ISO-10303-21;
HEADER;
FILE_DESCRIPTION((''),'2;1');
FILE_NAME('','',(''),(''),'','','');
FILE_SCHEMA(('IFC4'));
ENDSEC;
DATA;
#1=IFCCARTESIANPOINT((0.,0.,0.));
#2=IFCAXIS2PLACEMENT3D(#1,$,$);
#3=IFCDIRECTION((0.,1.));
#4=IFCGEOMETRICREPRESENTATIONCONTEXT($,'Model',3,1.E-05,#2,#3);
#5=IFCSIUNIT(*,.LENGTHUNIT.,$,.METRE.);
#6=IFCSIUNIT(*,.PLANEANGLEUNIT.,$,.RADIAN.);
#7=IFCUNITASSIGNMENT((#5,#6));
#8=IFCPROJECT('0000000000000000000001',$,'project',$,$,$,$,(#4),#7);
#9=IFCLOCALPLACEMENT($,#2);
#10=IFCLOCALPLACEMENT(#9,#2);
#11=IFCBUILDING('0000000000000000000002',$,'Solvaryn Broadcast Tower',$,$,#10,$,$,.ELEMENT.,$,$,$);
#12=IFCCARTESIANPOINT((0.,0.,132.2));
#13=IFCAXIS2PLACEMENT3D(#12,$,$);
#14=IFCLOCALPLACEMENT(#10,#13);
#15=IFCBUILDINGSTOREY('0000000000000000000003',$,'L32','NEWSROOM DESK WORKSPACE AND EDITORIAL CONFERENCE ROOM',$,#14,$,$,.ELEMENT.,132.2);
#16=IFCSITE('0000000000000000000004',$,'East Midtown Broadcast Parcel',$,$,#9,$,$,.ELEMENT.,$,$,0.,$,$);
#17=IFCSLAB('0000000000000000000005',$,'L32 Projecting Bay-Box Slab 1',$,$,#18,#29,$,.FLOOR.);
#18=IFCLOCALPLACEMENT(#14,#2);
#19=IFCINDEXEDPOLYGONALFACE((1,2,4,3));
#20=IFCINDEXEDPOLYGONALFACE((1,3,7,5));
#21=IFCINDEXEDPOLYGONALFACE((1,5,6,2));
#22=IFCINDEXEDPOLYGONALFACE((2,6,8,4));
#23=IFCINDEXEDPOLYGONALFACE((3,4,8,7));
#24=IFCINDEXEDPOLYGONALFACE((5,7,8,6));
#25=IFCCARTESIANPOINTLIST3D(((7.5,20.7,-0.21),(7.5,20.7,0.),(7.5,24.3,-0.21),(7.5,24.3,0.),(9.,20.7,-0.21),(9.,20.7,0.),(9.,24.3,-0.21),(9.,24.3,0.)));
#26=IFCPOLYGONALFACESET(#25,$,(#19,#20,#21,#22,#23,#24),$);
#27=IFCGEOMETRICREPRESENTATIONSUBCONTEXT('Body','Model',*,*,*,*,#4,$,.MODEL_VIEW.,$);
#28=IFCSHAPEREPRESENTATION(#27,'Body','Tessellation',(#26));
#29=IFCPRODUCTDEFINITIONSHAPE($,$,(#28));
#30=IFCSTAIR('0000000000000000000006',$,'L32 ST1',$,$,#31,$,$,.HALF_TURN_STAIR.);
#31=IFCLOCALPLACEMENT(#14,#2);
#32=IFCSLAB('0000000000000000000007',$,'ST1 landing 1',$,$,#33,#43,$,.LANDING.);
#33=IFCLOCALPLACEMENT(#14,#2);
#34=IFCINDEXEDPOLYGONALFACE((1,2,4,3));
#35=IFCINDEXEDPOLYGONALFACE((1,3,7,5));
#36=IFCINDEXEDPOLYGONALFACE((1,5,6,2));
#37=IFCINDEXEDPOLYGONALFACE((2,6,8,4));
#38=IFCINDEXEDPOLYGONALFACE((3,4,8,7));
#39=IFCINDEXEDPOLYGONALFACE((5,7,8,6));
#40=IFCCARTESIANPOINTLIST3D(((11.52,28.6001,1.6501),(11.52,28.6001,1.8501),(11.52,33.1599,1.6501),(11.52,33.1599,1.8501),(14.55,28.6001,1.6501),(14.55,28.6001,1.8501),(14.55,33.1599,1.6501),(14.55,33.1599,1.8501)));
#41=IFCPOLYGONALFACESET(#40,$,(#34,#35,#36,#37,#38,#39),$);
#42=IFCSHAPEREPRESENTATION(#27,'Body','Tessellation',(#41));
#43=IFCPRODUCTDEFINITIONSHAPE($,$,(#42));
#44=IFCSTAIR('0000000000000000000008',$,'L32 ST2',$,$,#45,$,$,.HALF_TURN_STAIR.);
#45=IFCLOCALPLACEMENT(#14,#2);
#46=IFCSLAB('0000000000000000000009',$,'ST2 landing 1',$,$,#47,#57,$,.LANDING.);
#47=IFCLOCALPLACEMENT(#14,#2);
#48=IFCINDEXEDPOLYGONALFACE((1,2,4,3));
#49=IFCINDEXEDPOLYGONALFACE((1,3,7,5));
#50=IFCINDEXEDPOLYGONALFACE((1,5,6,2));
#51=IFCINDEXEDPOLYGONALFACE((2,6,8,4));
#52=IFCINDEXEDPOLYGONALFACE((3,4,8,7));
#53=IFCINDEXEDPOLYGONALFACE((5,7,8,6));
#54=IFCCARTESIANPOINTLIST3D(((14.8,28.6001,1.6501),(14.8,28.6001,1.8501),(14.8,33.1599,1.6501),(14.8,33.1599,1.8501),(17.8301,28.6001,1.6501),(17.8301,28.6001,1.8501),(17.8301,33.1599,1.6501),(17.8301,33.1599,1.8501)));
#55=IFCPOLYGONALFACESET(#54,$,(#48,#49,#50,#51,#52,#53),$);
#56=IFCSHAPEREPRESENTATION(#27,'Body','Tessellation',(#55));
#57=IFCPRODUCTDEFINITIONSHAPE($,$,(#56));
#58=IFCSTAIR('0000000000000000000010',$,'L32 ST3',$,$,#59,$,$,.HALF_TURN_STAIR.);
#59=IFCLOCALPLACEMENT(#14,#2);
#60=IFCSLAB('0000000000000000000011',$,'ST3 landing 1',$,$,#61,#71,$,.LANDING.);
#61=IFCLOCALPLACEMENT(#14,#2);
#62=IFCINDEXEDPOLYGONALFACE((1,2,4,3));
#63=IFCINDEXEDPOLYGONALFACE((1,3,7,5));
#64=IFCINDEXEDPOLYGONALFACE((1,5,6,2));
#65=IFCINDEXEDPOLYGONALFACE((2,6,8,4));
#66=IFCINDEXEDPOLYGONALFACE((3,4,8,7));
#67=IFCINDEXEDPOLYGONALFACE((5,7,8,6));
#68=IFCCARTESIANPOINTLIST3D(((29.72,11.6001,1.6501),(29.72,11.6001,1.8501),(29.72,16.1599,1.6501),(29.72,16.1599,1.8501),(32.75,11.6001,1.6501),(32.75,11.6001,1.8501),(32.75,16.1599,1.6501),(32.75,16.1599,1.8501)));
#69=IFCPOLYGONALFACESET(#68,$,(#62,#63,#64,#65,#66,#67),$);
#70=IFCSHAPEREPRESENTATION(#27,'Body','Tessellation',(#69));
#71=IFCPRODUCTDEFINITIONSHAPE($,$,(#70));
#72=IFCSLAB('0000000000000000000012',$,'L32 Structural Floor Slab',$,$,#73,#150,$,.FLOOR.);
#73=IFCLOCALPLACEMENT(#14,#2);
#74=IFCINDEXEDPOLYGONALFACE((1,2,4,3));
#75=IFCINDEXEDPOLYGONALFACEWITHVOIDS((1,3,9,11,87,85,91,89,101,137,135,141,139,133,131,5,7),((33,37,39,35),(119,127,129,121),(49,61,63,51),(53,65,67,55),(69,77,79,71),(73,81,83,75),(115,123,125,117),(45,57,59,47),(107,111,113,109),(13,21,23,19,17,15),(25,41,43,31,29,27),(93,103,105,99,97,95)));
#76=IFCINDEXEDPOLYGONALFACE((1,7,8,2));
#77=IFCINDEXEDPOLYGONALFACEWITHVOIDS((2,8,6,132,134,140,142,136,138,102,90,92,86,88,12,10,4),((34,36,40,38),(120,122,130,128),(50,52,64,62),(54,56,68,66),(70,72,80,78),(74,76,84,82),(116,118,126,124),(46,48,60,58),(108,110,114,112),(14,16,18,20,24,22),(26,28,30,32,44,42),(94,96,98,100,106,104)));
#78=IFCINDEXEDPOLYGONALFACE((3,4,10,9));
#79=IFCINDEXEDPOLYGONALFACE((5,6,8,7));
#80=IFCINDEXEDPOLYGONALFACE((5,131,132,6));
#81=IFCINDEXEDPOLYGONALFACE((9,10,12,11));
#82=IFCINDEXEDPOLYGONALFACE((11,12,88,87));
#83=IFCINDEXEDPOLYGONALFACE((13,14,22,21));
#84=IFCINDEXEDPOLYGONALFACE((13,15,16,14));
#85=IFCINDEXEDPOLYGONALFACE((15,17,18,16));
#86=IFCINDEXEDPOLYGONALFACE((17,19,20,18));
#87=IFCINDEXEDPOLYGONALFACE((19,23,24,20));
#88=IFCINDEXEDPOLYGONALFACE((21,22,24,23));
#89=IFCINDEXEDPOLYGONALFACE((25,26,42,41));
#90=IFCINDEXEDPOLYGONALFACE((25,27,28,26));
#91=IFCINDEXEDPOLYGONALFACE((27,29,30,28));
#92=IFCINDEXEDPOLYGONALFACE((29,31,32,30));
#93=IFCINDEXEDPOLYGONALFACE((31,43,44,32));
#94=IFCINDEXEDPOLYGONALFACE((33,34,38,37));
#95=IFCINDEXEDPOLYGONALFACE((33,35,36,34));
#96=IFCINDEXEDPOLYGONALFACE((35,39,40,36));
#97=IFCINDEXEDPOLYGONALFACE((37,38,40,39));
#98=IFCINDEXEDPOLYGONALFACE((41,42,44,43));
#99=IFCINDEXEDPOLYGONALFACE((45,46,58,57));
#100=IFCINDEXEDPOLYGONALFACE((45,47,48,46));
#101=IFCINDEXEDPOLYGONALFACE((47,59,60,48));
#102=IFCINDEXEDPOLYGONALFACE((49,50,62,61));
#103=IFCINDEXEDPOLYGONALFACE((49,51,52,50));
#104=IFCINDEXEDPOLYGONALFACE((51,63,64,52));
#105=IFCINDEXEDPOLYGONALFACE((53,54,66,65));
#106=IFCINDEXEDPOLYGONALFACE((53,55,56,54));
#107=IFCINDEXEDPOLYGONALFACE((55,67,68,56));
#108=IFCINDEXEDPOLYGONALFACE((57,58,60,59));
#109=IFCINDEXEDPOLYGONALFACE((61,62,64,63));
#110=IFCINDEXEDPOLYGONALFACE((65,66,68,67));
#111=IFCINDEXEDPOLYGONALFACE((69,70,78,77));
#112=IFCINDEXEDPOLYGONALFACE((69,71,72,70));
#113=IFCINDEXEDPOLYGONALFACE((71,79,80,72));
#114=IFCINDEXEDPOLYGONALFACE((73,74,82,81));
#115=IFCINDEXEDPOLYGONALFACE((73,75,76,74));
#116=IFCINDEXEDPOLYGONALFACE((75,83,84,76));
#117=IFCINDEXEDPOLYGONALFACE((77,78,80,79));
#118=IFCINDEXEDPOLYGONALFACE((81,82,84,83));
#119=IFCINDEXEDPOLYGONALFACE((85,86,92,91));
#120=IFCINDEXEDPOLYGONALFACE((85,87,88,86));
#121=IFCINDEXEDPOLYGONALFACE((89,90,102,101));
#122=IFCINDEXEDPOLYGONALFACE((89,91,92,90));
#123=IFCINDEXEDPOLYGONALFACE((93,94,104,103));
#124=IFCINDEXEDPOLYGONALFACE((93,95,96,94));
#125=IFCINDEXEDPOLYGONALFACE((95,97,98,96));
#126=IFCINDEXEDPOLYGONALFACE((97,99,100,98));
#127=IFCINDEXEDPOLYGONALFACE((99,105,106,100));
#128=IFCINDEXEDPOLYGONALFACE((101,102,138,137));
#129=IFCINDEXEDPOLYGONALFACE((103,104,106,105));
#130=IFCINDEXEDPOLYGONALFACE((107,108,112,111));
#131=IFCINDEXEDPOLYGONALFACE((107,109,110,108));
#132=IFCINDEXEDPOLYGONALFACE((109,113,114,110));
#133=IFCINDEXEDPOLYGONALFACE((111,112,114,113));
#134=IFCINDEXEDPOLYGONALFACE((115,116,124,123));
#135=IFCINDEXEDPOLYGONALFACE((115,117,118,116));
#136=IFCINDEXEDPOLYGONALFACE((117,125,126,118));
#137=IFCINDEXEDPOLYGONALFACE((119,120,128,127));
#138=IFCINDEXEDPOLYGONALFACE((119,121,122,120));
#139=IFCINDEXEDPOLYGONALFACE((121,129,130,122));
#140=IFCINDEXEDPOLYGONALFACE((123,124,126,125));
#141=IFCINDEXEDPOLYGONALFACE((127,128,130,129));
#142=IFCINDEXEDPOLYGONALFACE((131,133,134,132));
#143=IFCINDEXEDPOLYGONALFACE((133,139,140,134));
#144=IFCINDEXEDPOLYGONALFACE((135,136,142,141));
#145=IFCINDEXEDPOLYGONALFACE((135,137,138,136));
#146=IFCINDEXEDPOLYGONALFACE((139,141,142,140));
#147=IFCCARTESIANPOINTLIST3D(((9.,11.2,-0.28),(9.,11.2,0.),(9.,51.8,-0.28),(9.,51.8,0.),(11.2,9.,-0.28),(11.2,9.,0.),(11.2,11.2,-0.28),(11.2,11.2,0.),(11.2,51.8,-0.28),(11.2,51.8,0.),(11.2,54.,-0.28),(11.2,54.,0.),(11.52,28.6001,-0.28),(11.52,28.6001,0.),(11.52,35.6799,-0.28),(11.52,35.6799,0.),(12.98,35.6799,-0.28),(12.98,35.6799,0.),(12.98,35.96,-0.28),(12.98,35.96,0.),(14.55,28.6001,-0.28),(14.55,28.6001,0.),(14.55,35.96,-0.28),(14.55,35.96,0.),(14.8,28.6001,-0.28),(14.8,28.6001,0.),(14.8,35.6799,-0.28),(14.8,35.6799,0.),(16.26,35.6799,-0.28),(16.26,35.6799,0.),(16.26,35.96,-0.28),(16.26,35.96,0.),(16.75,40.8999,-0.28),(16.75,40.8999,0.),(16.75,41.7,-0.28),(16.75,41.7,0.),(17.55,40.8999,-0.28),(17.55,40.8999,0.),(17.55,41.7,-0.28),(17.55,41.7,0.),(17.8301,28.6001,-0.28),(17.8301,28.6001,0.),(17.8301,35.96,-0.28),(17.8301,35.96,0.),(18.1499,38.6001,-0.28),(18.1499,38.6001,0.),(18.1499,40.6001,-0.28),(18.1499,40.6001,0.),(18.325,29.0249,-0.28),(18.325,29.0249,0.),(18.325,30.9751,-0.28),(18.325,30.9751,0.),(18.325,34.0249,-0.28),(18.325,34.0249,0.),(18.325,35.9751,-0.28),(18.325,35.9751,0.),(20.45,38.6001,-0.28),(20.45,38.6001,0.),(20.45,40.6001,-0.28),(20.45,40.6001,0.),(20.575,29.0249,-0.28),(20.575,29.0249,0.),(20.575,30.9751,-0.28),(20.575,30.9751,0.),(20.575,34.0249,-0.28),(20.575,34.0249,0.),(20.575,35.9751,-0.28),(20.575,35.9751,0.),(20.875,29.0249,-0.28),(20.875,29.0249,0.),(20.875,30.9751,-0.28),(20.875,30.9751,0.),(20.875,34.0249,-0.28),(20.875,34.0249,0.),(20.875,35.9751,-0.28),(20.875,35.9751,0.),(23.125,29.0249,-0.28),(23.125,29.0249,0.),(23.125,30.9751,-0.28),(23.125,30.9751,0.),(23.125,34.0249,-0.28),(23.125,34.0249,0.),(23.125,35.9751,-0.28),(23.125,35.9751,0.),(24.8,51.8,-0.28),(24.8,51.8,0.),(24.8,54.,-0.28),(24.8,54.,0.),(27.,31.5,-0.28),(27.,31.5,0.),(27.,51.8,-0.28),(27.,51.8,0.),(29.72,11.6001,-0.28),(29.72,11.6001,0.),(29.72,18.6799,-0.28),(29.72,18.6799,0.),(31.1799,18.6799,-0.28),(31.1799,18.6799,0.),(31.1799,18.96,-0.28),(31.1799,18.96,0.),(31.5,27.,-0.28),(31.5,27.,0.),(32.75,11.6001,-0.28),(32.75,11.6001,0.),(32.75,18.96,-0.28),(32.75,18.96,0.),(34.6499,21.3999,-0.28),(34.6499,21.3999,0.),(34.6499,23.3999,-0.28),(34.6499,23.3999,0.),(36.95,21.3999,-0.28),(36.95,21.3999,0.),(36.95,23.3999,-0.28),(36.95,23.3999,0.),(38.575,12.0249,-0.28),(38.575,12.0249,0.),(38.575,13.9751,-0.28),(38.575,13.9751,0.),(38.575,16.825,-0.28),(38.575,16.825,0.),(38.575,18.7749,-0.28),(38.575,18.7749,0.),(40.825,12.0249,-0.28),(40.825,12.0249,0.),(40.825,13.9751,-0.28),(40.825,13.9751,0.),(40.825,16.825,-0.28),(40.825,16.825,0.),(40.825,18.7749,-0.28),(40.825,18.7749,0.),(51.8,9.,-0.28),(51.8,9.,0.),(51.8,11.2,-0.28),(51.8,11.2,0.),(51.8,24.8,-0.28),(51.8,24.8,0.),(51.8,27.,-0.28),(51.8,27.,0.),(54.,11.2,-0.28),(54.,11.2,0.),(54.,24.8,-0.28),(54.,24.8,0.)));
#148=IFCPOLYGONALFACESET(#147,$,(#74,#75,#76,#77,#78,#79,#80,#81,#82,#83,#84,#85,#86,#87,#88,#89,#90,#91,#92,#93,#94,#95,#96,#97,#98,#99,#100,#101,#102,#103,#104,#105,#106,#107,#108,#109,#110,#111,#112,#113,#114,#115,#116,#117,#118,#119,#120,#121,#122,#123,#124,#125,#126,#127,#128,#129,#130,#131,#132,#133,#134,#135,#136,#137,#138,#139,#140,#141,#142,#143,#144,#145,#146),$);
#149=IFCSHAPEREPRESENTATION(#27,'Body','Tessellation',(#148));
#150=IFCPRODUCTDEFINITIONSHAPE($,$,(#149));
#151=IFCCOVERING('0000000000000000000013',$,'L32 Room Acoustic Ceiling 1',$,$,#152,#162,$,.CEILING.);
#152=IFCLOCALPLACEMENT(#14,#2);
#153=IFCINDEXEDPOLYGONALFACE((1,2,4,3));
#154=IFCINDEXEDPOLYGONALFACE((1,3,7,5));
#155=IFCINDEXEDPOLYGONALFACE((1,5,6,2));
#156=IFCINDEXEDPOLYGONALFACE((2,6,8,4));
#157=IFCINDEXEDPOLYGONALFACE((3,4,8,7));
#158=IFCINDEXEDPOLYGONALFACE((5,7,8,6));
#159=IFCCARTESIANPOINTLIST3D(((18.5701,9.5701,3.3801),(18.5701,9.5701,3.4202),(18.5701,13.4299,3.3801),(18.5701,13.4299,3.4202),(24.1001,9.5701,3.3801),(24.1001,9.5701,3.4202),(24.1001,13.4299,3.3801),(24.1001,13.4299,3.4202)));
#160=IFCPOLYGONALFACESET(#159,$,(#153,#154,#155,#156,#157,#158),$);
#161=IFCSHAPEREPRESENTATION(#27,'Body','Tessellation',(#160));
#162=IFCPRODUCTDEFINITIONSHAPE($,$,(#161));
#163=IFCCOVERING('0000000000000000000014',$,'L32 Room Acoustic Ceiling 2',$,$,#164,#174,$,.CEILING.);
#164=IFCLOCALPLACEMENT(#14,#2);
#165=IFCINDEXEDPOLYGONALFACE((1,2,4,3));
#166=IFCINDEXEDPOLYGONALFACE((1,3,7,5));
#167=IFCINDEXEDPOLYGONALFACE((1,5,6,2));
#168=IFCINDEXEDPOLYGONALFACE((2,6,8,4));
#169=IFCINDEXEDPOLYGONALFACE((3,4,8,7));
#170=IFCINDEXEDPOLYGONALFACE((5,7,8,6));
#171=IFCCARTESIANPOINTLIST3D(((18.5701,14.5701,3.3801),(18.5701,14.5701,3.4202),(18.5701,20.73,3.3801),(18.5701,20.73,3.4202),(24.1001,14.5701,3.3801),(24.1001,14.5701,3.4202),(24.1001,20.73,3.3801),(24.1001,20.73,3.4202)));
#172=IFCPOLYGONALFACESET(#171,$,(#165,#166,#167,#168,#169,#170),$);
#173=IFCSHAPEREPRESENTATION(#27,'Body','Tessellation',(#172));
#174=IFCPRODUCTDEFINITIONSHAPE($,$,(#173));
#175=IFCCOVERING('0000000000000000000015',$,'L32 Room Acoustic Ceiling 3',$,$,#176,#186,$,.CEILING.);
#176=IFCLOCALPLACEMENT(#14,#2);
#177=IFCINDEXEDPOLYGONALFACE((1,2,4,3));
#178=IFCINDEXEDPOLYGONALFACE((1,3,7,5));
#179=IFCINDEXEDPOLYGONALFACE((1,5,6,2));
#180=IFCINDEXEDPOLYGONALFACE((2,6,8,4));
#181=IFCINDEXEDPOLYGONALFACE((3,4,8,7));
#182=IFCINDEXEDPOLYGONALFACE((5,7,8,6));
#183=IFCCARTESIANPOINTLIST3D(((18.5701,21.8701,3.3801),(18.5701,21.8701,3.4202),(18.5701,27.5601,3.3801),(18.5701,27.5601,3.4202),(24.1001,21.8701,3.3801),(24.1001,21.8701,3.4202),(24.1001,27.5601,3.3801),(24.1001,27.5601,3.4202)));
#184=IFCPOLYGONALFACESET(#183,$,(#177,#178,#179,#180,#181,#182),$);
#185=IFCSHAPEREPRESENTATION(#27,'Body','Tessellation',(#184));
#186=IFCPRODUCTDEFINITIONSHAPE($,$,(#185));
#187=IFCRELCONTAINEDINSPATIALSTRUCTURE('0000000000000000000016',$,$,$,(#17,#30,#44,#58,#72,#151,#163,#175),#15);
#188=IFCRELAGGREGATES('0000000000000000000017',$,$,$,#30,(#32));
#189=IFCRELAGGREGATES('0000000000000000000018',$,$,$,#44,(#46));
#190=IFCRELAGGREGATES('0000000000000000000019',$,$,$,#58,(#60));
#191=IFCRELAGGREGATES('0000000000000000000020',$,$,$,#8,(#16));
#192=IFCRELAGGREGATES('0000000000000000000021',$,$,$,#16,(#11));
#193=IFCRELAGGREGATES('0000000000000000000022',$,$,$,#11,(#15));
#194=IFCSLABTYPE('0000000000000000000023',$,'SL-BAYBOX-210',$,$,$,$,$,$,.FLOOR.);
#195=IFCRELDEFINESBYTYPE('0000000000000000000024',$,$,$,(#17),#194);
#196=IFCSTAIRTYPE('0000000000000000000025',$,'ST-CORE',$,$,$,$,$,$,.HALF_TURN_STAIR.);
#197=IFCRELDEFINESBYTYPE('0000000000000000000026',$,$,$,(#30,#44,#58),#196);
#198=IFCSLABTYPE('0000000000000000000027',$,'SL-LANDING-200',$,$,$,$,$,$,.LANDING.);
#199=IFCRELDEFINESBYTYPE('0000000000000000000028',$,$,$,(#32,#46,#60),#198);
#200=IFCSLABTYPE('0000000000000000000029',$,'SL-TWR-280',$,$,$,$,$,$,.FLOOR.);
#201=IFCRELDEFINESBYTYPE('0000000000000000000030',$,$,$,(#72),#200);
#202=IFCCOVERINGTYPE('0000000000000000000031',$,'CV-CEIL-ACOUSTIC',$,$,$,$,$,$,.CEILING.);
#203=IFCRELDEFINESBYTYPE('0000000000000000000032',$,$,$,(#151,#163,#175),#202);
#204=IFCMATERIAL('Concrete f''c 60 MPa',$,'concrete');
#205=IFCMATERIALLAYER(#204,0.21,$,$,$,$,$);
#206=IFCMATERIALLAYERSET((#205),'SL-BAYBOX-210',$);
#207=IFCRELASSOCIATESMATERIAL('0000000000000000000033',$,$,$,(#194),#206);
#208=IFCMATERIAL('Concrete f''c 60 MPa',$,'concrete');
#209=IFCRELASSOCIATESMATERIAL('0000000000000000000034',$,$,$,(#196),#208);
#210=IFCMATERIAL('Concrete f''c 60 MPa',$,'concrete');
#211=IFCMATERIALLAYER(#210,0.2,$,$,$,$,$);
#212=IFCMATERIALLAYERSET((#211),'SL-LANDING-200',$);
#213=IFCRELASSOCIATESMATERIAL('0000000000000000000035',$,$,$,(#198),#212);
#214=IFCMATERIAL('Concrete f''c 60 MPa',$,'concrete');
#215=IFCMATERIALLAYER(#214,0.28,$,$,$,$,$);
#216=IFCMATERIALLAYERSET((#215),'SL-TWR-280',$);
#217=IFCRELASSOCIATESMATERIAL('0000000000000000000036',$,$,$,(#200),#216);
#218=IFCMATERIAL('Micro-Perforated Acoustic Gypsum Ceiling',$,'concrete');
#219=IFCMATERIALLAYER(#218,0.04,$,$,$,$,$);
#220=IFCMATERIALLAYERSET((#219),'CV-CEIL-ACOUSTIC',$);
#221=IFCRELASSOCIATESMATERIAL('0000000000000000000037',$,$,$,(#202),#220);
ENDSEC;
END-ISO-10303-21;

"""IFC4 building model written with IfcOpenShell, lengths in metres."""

from ifc_helpers import new_model, si_unit, direction, frame, origin, place, context, subcontext, project, spatial, polyline, outline, extrude, material, layer, layer_set, type_object, element, aggregate, save


model = new_model("IFC4")

# Units and contexts
model_context = context("Model", 3, precision=1e-05, world=origin(), true_north=direction((0.0, 1.0)))
body_context = subcontext(model_context, "Body", "Model", "MODEL_VIEW")
ifc_project = project(units=[si_unit("LENGTHUNIT", "METRE"), si_unit("PLANEANGLEUNIT", "RADIAN")], contexts=[model_context])

# Site, building, storey
site_placement = place(None, origin())
site = spatial("IfcSite", under=ifc_project, at=site_placement, Name="East Midtown Broadcast Parcel", CompositionType="ELEMENT", RefElevation=0.0)
building_placement = place(site_placement, origin())
building = spatial("IfcBuilding", under=site, at=building_placement, Name="Solvaryn Broadcast Tower", CompositionType="ELEMENT")
storey_placement = place(building_placement, frame((0.0, 0.0, 132.2)))
storey = spatial("IfcBuildingStorey", under=building, at=storey_placement, Name="L32", Description="NEWSROOM DESK WORKSPACE AND EDITORIAL CONFERENCE ROOM", CompositionType="ELEMENT", Elevation=132.2)

# Slab
ifc_material_1 = material(Name="Concrete f'c 60 MPa", Category="concrete")
ifc_layer_1 = layer(ifc_material_1, 0.21)
ifc_layer_set_1 = layer_set([ifc_layer_1], Name="SL-BAYBOX-210")
slab_type_1 = type_object("IfcSlabType", Name="SL-BAYBOX-210", PredefinedType="FLOOR", material=ifc_layer_set_1)
slab_1_placement = place(storey_placement, frame((0.0, 0.0, -0.21)))
element("IfcSlab", 1, at=slab_1_placement, inside=storey, type_object=slab_type_1, Name="L32 Projecting Bay-Box Slab 1", PredefinedType="FLOOR", context=body_context, shape_type="SweptSolid", body=[
    extrude(outline(polyline([(7.5, 20.7), (9.0, 20.7), (9.0, 24.3), (7.5, 24.3), (7.5, 20.7)])), origin(), (0.0, 0.0, 1.0), 0.21),
])

# Stairs, slabs
ifc_material_2 = material(Name="Concrete f'c 60 MPa", Category="concrete")
stair_type = type_object("IfcStairType", Name="ST-CORE", PredefinedType="HALF_TURN_STAIR", material=ifc_material_2)
stair_1_placement = place(storey_placement, origin())
stair_1 = element("IfcStair", 2, at=stair_1_placement, inside=storey, type_object=stair_type, Name="L32 ST1", PredefinedType="HALF_TURN_STAIR")
ifc_material_3 = material(Name="Concrete f'c 60 MPa", Category="concrete")
ifc_layer_2 = layer(ifc_material_3, 0.2)
ifc_layer_set_2 = layer_set([ifc_layer_2], Name="SL-LANDING-200")
slab_type_2 = type_object("IfcSlabType", Name="SL-LANDING-200", PredefinedType="LANDING", material=ifc_layer_set_2)
slab_2_placement = place(storey_placement, frame((0.0, 0.0, 1.6501)))
slab_2 = element("IfcSlab", 3, at=slab_2_placement, type_object=slab_type_2, Name="ST1 landing 1", PredefinedType="LANDING", context=body_context, shape_type="SweptSolid", body=[
    extrude(outline(polyline([(11.52, 33.1599), (11.52, 28.6001), (14.55, 28.6001), (14.55, 33.1599), (11.52, 33.1599)])), origin(), (0.0, 0.0, 1.0), 0.2),
])
aggregate(stair_1, [slab_2])
stair_2_placement = place(storey_placement, origin())
stair_2 = element("IfcStair", 4, at=stair_2_placement, inside=storey, type_object=stair_type, Name="L32 ST2", PredefinedType="HALF_TURN_STAIR")
slab_3_placement = place(storey_placement, frame((0.0, 0.0, 1.6501)))
slab_3 = element("IfcSlab", 5, at=slab_3_placement, type_object=slab_type_2, Name="ST2 landing 1", PredefinedType="LANDING", context=body_context, shape_type="SweptSolid", body=[
    extrude(outline(polyline([(14.8, 33.1599), (14.8, 28.6001), (17.8301, 28.6001), (17.8301, 33.1599), (14.8, 33.1599)])), origin(), (0.0, 0.0, 1.0), 0.2),
])
aggregate(stair_2, [slab_3])
stair_3_placement = place(storey_placement, origin())
stair_3 = element("IfcStair", 6, at=stair_3_placement, inside=storey, type_object=stair_type, Name="L32 ST3", PredefinedType="HALF_TURN_STAIR")
slab_4_placement = place(storey_placement, frame((0.0, 0.0, 1.6501)))
slab_4 = element("IfcSlab", 7, at=slab_4_placement, type_object=slab_type_2, Name="ST3 landing 1", PredefinedType="LANDING", context=body_context, shape_type="SweptSolid", body=[
    extrude(outline(polyline([(29.72, 16.1599), (29.72, 11.6001), (32.75, 11.6001), (32.75, 16.1599), (29.72, 16.1599)])), origin(), (0.0, 0.0, 1.0), 0.2),
])
aggregate(stair_3, [slab_4])

# Slab
ifc_material_4 = material(Name="Concrete f'c 60 MPa", Category="concrete")
ifc_layer_3 = layer(ifc_material_4, 0.28)
ifc_layer_set_3 = layer_set([ifc_layer_3], Name="SL-TWR-280")
slab_type_3 = type_object("IfcSlabType", Name="SL-TWR-280", PredefinedType="FLOOR", material=ifc_layer_set_3)
slab_5_placement = place(storey_placement, frame((0.0, 0.0, -0.28)))
element("IfcSlab", 8, at=slab_5_placement, inside=storey, type_object=slab_type_3, Name="L32 Structural Floor Slab", PredefinedType="FLOOR", context=body_context, shape_type="SweptSolid", body=[
    extrude(outline(polyline([(11.2, 9.0), (51.8, 9.0), (51.8, 11.2), (54.0, 11.2), (54.0, 24.8), (51.8, 24.8), (51.8, 27.0), (31.5, 27.0), (27.0, 31.5), (27.0, 51.8), (24.8, 51.8), (24.8, 54.0), (11.2, 54.0), (11.2, 51.8), (9.0, 51.8), (9.0, 11.2), (11.2, 11.2), (11.2, 9.0)]), holes=[polyline([(11.52, 28.6001), (14.55, 28.6001), (14.55, 35.96), (12.98, 35.96), (12.98, 35.6799), (11.52, 35.6799), (11.52, 28.6001)]), polyline([(14.8, 28.6001), (17.8301, 28.6001), (17.8301, 35.96), (16.26, 35.96), (16.26, 35.6799), (14.8, 35.6799), (14.8, 28.6001)]), polyline([(29.72, 11.6001), (32.75, 11.6001), (32.75, 18.96), (31.1799, 18.96), (31.1799, 18.6799), (29.72, 18.6799), (29.72, 11.6001)]), polyline([(18.1499, 38.6001), (20.45, 38.6001), (20.45, 40.6001), (18.1499, 40.6001), (18.1499, 38.6001)]), polyline([(18.325, 29.0249), (20.575, 29.0249), (20.575, 30.9751), (18.325, 30.9751), (18.325, 29.0249)]), polyline([(20.875, 29.0249), (23.125, 29.0249), (23.125, 30.9751), (20.875, 30.9751), (20.875, 29.0249)]), polyline([(18.325, 34.0249), (20.575, 34.0249), (20.575, 35.9751), (18.325, 35.9751), (18.325, 34.0249)]), polyline([(20.875, 34.0249), (23.125, 34.0249), (23.125, 35.9751), (20.875, 35.9751), (20.875, 34.0249)]), polyline([(34.6499, 21.3999), (36.95, 21.3999), (36.95, 23.3999), (34.6499, 23.3999), (34.6499, 21.3999)]), polyline([(38.575, 12.0249), (40.825, 12.0249), (40.825, 13.9751), (38.575, 13.9751), (38.575, 12.0249)]), polyline([(38.575, 16.825), (40.825, 16.825), (40.825, 18.7749), (38.575, 18.7749), (38.575, 16.825)]), polyline([(16.75, 40.8999), (17.55, 40.8999), (17.55, 41.7), (16.75, 41.7), (16.75, 40.8999)])]), origin(), (0.0, 0.0, 1.0), 0.28),
])

# Coverings
ifc_material_5 = material(Name="Micro-Perforated Acoustic Gypsum Ceiling", Category="concrete")
ifc_layer_4 = layer(ifc_material_5, 0.04)
ifc_layer_set_4 = layer_set([ifc_layer_4], Name="CV-CEIL-ACOUSTIC")
covering_type_1 = type_object("IfcCoveringType", Name="CV-CEIL-ACOUSTIC", PredefinedType="CEILING", material=ifc_layer_set_4)
covering_1_placement = place(storey_placement, frame((0.0, 0.0, 3.3801)))
element("IfcCovering", 9, at=covering_1_placement, inside=storey, type_object=covering_type_1, Name="L32 Room Acoustic Ceiling 1", PredefinedType="CEILING", context=body_context, shape_type="SweptSolid", body=[
    extrude(outline(polyline([(18.5701, 9.5701), (24.1001, 9.5701), (24.1001, 13.4299), (18.5701, 13.4299), (18.5701, 9.5701)])), origin(), (0.0, 0.0, 1.0), 0.04),
])
covering_2_placement = place(storey_placement, frame((0.0, 0.0, 3.3801)))
element("IfcCovering", 10, at=covering_2_placement, inside=storey, type_object=covering_type_1, Name="L32 Room Acoustic Ceiling 2", PredefinedType="CEILING", context=body_context, shape_type="SweptSolid", body=[
    extrude(outline(polyline([(18.5701, 14.5701), (24.1001, 14.5701), (24.1001, 20.73), (18.5701, 20.73), (18.5701, 14.5701)])), origin(), (0.0, 0.0, 1.0), 0.04),
])
covering_3_placement = place(storey_placement, frame((0.0, 0.0, 3.3801)))
element("IfcCovering", 11, at=covering_3_placement, inside=storey, type_object=covering_type_1, Name="L32 Room Acoustic Ceiling 3", PredefinedType="CEILING", context=body_context, shape_type="SweptSolid", body=[
    extrude(outline(polyline([(18.5701, 21.8701), (24.1001, 21.8701), (24.1001, 27.5601), (18.5701, 27.5601), (18.5701, 21.8701)])), origin(), (0.0, 0.0, 1.0), 0.04),
])

save(model, "model.ifc")
